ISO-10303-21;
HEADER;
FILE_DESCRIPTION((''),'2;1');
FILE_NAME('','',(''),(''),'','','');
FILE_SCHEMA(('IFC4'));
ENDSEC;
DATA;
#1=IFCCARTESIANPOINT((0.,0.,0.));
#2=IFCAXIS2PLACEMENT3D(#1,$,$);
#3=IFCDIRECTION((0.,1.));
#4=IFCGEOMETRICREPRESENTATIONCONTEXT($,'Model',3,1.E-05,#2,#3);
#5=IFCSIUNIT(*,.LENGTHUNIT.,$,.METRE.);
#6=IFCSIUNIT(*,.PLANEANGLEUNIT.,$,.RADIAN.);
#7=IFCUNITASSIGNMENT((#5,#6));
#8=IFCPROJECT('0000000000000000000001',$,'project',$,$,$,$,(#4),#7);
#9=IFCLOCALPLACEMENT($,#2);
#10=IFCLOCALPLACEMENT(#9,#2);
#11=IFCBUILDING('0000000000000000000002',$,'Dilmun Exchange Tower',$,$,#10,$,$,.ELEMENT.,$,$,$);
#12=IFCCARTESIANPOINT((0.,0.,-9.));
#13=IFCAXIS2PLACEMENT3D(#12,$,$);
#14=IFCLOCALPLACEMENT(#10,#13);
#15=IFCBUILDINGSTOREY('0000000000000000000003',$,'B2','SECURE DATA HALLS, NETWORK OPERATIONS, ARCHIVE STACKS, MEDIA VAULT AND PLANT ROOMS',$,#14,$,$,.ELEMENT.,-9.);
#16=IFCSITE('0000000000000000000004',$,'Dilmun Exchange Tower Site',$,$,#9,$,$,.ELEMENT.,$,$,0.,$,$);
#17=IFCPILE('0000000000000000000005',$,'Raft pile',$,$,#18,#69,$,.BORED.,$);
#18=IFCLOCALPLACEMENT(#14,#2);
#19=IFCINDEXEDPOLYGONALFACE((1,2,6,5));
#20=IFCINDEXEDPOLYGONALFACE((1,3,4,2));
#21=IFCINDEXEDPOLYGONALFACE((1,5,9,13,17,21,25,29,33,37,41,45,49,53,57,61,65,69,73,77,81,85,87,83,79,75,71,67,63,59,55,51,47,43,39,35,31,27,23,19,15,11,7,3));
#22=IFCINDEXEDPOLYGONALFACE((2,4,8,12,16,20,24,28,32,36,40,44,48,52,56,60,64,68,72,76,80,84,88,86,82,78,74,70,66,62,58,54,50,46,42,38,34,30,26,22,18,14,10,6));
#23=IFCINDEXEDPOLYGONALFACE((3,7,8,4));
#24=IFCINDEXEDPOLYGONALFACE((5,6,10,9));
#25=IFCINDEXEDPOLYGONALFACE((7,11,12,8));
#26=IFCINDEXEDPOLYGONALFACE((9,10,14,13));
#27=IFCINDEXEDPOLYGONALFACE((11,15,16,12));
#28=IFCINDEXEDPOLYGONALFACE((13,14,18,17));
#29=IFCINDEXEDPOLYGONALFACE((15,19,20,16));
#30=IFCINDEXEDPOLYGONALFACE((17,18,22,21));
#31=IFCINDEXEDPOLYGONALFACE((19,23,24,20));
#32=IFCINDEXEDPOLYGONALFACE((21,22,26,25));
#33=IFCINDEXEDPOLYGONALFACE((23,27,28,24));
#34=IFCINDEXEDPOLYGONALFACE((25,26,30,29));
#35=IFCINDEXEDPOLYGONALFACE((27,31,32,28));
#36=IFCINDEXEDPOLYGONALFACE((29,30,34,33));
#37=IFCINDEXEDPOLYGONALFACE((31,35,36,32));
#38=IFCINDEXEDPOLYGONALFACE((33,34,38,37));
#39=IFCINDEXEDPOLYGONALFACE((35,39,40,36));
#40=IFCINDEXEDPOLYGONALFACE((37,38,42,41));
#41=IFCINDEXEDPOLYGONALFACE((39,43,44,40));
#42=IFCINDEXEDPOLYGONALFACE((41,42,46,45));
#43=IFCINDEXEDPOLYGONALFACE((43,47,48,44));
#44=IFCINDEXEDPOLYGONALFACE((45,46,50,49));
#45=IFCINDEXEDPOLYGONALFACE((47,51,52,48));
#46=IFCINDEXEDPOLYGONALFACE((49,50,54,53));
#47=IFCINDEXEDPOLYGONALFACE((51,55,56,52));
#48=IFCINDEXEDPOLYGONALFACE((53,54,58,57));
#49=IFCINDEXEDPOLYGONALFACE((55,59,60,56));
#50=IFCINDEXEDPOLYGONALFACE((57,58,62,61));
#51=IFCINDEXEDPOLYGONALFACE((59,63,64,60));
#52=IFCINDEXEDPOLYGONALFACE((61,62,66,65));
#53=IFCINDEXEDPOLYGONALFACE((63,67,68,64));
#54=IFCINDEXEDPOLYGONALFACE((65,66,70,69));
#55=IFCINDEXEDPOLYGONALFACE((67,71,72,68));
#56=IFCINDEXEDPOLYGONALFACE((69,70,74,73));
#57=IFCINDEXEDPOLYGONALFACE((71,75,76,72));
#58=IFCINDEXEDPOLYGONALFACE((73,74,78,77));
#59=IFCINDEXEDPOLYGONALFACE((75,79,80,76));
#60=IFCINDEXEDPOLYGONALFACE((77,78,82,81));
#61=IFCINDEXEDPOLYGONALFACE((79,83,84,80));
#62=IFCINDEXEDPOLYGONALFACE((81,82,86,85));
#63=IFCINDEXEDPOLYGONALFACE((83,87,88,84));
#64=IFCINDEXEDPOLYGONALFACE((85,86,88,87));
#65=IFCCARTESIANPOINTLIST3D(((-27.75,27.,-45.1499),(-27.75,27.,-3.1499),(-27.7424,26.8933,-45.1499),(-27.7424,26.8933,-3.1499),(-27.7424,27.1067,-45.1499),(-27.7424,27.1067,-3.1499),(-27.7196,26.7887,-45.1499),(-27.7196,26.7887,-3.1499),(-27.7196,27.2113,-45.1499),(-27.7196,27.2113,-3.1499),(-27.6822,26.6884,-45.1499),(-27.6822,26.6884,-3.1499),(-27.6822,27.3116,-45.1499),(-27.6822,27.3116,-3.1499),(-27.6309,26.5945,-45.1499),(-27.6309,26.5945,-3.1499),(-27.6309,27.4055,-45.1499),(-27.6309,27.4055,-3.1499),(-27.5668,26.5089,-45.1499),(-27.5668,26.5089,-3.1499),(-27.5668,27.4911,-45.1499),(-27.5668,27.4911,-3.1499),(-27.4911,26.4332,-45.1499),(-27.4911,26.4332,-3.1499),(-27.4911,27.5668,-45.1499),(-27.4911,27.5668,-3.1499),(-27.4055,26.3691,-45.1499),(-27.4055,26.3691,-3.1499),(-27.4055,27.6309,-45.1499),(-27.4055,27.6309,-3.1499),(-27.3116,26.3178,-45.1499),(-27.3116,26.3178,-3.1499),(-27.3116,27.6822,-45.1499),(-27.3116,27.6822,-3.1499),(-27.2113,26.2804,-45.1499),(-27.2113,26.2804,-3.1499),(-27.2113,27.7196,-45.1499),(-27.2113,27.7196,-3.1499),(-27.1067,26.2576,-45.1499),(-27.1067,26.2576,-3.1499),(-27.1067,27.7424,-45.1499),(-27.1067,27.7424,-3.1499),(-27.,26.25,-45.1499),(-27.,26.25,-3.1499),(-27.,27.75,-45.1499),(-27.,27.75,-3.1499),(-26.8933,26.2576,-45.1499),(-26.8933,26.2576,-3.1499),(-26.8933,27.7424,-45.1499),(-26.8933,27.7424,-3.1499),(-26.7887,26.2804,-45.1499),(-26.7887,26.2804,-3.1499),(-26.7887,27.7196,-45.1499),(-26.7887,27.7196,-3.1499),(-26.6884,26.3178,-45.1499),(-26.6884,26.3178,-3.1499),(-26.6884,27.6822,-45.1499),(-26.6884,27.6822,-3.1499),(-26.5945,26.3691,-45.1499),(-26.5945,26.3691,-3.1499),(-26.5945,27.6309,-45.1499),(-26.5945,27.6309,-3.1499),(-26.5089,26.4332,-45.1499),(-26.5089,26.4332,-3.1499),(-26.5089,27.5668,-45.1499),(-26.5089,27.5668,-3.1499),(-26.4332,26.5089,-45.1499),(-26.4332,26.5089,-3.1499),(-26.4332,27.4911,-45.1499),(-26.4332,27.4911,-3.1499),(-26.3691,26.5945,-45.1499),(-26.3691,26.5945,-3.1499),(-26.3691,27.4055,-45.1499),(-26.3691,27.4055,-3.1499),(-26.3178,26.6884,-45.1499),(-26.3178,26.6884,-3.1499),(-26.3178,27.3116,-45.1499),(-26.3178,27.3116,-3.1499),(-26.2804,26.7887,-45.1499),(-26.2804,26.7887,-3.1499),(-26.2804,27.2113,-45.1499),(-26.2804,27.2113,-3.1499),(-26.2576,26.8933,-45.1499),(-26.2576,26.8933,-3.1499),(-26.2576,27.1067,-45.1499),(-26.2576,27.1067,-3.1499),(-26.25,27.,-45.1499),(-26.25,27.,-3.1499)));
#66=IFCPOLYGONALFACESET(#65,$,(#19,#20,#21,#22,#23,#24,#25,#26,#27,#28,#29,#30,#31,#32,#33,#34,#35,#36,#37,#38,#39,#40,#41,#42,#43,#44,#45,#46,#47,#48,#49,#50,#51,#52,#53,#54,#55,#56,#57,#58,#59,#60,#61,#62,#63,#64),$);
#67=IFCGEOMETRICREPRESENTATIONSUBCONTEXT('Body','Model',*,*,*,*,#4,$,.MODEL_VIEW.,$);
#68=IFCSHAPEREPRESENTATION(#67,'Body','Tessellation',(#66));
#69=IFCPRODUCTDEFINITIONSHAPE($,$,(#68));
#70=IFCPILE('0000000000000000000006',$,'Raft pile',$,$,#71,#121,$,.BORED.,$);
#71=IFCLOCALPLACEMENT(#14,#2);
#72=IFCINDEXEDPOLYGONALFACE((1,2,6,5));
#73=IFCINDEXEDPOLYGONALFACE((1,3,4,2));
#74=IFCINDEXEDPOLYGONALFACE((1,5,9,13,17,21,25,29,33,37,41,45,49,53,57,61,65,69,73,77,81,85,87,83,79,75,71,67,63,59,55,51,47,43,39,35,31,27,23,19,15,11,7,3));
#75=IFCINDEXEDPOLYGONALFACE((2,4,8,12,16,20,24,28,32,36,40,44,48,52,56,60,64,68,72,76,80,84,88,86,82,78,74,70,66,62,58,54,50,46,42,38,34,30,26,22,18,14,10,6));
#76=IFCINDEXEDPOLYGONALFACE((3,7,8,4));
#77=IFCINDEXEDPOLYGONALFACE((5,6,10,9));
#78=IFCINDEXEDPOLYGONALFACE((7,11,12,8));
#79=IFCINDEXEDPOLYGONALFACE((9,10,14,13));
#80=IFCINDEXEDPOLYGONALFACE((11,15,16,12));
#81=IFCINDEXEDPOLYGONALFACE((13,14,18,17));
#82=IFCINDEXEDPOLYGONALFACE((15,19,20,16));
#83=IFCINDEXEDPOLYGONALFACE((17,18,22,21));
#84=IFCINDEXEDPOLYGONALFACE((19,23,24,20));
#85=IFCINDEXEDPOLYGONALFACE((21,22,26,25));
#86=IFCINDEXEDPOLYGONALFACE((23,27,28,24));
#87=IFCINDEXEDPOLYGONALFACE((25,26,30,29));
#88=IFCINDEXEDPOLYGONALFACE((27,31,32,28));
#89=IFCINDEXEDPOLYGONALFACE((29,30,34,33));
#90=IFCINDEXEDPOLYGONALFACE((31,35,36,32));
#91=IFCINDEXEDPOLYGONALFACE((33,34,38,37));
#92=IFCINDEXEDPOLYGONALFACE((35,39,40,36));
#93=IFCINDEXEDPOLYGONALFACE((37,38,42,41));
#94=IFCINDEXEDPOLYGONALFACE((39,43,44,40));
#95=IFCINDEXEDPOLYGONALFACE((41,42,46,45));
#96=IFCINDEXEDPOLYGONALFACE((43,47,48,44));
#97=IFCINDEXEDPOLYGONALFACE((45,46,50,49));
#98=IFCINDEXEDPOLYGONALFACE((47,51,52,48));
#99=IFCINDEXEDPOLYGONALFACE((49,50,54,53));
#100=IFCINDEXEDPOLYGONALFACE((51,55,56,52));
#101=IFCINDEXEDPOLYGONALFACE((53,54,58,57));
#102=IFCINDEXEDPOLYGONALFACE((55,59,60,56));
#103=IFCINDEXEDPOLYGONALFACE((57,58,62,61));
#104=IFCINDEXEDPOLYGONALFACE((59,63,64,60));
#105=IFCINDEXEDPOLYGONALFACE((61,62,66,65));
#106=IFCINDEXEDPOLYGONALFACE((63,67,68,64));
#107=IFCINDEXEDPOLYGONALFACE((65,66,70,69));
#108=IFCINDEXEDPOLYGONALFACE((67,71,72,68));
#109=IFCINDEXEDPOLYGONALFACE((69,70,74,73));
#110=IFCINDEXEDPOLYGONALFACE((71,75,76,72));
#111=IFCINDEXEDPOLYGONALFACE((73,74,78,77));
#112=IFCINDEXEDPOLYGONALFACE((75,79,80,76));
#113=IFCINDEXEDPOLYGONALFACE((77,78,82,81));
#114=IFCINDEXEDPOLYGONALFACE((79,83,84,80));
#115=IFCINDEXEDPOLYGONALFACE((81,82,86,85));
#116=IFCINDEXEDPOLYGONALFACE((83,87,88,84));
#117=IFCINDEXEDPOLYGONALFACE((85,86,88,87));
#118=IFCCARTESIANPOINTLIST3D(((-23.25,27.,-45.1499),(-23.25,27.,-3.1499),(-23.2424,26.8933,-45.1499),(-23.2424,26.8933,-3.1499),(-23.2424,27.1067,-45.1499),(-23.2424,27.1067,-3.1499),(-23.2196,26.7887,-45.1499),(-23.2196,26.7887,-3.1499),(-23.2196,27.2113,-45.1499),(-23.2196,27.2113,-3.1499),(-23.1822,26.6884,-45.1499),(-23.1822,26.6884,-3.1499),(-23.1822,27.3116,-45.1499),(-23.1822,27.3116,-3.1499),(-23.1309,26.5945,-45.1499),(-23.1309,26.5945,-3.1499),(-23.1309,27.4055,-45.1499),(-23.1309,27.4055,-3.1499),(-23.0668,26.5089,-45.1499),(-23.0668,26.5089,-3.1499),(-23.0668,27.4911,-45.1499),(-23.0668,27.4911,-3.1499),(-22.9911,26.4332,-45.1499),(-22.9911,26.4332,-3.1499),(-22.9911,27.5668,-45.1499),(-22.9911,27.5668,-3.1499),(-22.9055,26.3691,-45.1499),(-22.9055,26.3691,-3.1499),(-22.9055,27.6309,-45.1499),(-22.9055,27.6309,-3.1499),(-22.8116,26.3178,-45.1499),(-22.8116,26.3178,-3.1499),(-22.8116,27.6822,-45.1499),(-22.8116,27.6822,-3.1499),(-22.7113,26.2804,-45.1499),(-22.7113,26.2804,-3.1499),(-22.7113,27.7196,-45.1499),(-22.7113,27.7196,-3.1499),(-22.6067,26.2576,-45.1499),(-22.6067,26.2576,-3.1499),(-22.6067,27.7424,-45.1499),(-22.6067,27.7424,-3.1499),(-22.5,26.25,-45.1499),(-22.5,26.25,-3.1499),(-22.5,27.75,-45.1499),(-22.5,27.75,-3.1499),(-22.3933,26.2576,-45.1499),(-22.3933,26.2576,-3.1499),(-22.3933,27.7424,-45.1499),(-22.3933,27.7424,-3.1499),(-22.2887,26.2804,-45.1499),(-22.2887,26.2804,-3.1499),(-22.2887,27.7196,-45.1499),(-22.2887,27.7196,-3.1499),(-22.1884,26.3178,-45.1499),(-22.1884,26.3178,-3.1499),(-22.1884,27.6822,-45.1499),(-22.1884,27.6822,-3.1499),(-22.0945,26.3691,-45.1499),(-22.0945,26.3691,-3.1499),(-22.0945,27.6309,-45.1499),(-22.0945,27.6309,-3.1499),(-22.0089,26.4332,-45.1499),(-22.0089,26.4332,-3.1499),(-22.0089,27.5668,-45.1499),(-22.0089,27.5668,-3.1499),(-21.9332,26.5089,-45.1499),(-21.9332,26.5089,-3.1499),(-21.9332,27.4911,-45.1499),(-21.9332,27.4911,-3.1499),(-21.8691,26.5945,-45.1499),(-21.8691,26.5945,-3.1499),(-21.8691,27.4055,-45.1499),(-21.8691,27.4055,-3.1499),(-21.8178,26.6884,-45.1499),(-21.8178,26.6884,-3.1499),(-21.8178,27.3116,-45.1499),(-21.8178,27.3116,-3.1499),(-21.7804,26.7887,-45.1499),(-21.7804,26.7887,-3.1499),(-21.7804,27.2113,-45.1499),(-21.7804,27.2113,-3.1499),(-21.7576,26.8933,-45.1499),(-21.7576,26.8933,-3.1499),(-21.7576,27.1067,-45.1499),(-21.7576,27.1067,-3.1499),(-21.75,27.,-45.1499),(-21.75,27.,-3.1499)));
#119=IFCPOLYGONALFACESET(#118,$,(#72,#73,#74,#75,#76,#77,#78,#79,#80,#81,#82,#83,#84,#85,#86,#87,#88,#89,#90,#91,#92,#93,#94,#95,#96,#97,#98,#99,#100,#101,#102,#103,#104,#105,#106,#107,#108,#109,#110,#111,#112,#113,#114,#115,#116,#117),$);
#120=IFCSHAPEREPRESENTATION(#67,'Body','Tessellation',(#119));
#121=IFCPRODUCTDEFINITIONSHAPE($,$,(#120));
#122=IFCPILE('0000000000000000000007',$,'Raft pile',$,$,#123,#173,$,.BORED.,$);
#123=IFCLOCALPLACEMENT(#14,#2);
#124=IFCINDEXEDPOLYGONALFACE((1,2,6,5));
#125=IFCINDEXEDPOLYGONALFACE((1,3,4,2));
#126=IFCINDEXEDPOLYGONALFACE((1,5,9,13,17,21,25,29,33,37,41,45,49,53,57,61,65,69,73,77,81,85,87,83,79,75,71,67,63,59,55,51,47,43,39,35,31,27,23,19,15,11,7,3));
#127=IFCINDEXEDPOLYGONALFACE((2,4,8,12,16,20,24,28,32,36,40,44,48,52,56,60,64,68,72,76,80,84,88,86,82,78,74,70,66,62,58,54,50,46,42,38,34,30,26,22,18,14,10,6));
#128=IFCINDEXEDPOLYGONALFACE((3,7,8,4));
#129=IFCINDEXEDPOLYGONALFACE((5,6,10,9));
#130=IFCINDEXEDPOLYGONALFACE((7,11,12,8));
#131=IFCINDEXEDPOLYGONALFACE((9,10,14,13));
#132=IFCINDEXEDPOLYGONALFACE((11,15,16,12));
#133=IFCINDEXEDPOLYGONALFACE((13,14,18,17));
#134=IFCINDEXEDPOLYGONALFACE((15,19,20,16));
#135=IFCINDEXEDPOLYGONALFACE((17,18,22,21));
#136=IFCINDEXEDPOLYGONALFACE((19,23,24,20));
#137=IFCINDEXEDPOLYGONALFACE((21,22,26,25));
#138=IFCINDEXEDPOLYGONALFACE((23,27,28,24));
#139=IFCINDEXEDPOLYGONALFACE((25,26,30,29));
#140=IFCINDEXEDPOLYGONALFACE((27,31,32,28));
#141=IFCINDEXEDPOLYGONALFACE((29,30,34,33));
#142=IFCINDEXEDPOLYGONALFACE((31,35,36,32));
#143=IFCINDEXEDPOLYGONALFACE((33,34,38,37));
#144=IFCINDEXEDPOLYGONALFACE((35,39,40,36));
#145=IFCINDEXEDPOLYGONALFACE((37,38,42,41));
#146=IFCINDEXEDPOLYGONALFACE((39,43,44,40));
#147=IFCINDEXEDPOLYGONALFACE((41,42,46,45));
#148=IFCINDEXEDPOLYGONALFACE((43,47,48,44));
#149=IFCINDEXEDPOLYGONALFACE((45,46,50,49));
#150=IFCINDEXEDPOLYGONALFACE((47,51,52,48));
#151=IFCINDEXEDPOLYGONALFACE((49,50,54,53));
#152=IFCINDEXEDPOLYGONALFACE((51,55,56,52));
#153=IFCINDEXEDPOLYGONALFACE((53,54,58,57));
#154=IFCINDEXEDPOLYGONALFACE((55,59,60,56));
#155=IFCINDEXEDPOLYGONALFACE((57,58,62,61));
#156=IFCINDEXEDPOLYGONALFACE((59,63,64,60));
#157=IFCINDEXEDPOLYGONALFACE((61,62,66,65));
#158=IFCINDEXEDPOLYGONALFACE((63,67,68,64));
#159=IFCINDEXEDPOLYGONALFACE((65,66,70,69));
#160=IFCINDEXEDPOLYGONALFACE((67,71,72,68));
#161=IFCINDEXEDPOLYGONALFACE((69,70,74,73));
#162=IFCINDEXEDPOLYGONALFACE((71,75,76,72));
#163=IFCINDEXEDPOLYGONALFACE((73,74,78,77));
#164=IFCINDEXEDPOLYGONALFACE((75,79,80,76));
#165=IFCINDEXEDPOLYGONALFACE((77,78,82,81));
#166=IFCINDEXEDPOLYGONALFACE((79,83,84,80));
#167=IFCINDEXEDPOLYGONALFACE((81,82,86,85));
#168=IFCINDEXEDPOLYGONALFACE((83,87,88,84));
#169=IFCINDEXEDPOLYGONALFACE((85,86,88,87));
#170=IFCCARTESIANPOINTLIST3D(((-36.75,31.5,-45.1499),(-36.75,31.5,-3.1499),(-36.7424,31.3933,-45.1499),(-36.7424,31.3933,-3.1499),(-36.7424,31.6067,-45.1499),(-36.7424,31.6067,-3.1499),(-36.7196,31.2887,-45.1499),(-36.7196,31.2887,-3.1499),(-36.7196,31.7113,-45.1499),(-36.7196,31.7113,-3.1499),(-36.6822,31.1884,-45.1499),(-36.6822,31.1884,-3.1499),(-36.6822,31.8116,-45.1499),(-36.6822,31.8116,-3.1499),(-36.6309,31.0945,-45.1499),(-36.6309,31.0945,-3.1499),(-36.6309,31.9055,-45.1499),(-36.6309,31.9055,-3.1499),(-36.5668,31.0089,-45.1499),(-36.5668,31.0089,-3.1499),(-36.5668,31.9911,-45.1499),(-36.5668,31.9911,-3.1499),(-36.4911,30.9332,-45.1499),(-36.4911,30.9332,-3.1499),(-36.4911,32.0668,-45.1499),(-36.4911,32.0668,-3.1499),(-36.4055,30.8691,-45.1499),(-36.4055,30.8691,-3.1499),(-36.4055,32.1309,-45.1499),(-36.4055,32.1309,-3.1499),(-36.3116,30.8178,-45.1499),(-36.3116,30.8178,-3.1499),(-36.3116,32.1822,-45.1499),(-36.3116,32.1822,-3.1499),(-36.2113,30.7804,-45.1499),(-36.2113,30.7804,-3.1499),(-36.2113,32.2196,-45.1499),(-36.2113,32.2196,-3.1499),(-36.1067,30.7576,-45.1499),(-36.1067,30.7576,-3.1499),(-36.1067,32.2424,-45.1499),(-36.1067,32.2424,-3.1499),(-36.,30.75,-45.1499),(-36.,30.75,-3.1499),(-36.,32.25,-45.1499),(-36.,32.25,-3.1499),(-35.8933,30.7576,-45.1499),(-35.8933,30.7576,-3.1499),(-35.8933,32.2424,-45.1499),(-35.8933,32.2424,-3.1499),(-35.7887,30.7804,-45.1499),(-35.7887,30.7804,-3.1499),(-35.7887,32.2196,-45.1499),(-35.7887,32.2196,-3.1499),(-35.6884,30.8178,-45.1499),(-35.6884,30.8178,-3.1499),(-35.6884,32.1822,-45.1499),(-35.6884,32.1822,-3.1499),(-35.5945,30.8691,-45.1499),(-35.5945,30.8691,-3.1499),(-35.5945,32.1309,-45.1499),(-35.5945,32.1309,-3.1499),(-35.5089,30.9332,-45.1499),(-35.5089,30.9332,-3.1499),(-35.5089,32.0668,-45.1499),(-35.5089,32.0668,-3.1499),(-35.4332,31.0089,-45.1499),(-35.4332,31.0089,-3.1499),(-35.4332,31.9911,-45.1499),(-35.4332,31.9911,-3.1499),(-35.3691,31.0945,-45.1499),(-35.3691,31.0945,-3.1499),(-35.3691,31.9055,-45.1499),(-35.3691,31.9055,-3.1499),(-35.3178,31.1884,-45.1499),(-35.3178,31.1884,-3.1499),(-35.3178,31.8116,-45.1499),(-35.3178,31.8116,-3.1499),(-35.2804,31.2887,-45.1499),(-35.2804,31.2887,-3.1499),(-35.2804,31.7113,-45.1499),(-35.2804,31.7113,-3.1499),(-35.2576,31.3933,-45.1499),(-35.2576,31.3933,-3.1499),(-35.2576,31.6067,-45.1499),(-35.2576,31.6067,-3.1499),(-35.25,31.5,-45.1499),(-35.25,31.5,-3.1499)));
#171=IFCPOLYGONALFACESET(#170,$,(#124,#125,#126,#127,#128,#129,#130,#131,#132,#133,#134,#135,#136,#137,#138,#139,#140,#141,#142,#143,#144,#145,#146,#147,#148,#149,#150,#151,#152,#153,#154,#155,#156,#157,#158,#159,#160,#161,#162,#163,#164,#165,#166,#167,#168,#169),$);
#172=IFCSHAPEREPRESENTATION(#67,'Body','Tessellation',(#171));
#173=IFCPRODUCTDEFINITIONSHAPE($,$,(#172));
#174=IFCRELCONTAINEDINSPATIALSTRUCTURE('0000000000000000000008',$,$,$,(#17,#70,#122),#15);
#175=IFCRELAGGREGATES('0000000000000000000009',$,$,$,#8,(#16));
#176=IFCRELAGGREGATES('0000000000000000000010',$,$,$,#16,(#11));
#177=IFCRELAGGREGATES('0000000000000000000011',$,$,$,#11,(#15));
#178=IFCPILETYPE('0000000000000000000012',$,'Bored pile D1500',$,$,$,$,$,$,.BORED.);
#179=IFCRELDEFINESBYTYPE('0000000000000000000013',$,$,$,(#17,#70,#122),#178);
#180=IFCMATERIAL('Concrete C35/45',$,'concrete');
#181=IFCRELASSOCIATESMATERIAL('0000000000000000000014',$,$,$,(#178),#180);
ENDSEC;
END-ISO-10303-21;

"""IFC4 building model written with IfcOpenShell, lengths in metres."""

from ifc_helpers import new_model, si_unit, direction, frame, origin, origin_2d, place, context, subcontext, project, spatial, circle, extrude, material, material_profile, profile_set, type_object, element, save


model = new_model("IFC4")

# Units and contexts
model_context = context("Model", 3, precision=1e-05, world=origin(), true_north=direction((0.0, 1.0)))
body_context = subcontext(model_context, "Body", "Model", "MODEL_VIEW")
ifc_project = project(units=[si_unit("LENGTHUNIT", "METRE"), si_unit("PLANEANGLEUNIT", "RADIAN")], contexts=[model_context])

# Site, building, storey
site_placement = place(None, origin())
site = spatial("IfcSite", under=ifc_project, at=site_placement, Name="Dilmun Exchange Tower Site", CompositionType="ELEMENT", RefElevation=0.0)
building_placement = place(site_placement, origin())
building = spatial("IfcBuilding", under=site, at=building_placement, Name="Dilmun Exchange Tower", CompositionType="ELEMENT")
storey_placement = place(building_placement, frame((0.0, 0.0, -9.0)))
storey = spatial("IfcBuildingStorey", under=building, at=storey_placement, Name="B2", Description="SECURE DATA HALLS, NETWORK OPERATIONS, ARCHIVE STACKS, MEDIA VAULT AND PLANT ROOMS", CompositionType="ELEMENT", Elevation=-9.0)

# Piles
ifc_material_1 = material(Name="Concrete C35/45", Category="concrete")
ifc_material_profile_1 = material_profile(ifc_material_1, circle(Radius=0.75, at=origin_2d()), Name="D1500")
ifc_profile_set_1 = profile_set([ifc_material_profile_1], Name="Concrete C35/45")
pile_type = type_object("IfcPileType", Name="Bored pile D1500", PredefinedType="BORED", material=ifc_profile_set_1)
for number, where, z_axis, x_axis, name in (
    (1, (-27.0, 27.0, -3.1499), (0.0, 0.0, -1.0), (1.0, 0.0, 0.0), "Raft pile"),
    (2, (-22.5, 27.0, -3.1499), (0.0, 0.0, -1.0), (1.0, 0.0, 0.0), "Raft pile"),
    (3, (-36.0, 31.5, -3.1499), (0.0, 0.0, -1.0), (1.0, 0.0, 0.0), "Raft pile"),
):
    element("IfcPile", number, at=place(storey_placement, frame(where, z_axis=z_axis, x_axis=x_axis)), inside=storey, type_object=pile_type, Name=name, PredefinedType="BORED", context=body_context, shape_type="SweptSolid", body=[
        extrude(circle(Radius=0.75, at=origin_2d()), origin(), (0.0, 0.0, 1.0), 42.0),
    ])

save(model, "model.ifc")
